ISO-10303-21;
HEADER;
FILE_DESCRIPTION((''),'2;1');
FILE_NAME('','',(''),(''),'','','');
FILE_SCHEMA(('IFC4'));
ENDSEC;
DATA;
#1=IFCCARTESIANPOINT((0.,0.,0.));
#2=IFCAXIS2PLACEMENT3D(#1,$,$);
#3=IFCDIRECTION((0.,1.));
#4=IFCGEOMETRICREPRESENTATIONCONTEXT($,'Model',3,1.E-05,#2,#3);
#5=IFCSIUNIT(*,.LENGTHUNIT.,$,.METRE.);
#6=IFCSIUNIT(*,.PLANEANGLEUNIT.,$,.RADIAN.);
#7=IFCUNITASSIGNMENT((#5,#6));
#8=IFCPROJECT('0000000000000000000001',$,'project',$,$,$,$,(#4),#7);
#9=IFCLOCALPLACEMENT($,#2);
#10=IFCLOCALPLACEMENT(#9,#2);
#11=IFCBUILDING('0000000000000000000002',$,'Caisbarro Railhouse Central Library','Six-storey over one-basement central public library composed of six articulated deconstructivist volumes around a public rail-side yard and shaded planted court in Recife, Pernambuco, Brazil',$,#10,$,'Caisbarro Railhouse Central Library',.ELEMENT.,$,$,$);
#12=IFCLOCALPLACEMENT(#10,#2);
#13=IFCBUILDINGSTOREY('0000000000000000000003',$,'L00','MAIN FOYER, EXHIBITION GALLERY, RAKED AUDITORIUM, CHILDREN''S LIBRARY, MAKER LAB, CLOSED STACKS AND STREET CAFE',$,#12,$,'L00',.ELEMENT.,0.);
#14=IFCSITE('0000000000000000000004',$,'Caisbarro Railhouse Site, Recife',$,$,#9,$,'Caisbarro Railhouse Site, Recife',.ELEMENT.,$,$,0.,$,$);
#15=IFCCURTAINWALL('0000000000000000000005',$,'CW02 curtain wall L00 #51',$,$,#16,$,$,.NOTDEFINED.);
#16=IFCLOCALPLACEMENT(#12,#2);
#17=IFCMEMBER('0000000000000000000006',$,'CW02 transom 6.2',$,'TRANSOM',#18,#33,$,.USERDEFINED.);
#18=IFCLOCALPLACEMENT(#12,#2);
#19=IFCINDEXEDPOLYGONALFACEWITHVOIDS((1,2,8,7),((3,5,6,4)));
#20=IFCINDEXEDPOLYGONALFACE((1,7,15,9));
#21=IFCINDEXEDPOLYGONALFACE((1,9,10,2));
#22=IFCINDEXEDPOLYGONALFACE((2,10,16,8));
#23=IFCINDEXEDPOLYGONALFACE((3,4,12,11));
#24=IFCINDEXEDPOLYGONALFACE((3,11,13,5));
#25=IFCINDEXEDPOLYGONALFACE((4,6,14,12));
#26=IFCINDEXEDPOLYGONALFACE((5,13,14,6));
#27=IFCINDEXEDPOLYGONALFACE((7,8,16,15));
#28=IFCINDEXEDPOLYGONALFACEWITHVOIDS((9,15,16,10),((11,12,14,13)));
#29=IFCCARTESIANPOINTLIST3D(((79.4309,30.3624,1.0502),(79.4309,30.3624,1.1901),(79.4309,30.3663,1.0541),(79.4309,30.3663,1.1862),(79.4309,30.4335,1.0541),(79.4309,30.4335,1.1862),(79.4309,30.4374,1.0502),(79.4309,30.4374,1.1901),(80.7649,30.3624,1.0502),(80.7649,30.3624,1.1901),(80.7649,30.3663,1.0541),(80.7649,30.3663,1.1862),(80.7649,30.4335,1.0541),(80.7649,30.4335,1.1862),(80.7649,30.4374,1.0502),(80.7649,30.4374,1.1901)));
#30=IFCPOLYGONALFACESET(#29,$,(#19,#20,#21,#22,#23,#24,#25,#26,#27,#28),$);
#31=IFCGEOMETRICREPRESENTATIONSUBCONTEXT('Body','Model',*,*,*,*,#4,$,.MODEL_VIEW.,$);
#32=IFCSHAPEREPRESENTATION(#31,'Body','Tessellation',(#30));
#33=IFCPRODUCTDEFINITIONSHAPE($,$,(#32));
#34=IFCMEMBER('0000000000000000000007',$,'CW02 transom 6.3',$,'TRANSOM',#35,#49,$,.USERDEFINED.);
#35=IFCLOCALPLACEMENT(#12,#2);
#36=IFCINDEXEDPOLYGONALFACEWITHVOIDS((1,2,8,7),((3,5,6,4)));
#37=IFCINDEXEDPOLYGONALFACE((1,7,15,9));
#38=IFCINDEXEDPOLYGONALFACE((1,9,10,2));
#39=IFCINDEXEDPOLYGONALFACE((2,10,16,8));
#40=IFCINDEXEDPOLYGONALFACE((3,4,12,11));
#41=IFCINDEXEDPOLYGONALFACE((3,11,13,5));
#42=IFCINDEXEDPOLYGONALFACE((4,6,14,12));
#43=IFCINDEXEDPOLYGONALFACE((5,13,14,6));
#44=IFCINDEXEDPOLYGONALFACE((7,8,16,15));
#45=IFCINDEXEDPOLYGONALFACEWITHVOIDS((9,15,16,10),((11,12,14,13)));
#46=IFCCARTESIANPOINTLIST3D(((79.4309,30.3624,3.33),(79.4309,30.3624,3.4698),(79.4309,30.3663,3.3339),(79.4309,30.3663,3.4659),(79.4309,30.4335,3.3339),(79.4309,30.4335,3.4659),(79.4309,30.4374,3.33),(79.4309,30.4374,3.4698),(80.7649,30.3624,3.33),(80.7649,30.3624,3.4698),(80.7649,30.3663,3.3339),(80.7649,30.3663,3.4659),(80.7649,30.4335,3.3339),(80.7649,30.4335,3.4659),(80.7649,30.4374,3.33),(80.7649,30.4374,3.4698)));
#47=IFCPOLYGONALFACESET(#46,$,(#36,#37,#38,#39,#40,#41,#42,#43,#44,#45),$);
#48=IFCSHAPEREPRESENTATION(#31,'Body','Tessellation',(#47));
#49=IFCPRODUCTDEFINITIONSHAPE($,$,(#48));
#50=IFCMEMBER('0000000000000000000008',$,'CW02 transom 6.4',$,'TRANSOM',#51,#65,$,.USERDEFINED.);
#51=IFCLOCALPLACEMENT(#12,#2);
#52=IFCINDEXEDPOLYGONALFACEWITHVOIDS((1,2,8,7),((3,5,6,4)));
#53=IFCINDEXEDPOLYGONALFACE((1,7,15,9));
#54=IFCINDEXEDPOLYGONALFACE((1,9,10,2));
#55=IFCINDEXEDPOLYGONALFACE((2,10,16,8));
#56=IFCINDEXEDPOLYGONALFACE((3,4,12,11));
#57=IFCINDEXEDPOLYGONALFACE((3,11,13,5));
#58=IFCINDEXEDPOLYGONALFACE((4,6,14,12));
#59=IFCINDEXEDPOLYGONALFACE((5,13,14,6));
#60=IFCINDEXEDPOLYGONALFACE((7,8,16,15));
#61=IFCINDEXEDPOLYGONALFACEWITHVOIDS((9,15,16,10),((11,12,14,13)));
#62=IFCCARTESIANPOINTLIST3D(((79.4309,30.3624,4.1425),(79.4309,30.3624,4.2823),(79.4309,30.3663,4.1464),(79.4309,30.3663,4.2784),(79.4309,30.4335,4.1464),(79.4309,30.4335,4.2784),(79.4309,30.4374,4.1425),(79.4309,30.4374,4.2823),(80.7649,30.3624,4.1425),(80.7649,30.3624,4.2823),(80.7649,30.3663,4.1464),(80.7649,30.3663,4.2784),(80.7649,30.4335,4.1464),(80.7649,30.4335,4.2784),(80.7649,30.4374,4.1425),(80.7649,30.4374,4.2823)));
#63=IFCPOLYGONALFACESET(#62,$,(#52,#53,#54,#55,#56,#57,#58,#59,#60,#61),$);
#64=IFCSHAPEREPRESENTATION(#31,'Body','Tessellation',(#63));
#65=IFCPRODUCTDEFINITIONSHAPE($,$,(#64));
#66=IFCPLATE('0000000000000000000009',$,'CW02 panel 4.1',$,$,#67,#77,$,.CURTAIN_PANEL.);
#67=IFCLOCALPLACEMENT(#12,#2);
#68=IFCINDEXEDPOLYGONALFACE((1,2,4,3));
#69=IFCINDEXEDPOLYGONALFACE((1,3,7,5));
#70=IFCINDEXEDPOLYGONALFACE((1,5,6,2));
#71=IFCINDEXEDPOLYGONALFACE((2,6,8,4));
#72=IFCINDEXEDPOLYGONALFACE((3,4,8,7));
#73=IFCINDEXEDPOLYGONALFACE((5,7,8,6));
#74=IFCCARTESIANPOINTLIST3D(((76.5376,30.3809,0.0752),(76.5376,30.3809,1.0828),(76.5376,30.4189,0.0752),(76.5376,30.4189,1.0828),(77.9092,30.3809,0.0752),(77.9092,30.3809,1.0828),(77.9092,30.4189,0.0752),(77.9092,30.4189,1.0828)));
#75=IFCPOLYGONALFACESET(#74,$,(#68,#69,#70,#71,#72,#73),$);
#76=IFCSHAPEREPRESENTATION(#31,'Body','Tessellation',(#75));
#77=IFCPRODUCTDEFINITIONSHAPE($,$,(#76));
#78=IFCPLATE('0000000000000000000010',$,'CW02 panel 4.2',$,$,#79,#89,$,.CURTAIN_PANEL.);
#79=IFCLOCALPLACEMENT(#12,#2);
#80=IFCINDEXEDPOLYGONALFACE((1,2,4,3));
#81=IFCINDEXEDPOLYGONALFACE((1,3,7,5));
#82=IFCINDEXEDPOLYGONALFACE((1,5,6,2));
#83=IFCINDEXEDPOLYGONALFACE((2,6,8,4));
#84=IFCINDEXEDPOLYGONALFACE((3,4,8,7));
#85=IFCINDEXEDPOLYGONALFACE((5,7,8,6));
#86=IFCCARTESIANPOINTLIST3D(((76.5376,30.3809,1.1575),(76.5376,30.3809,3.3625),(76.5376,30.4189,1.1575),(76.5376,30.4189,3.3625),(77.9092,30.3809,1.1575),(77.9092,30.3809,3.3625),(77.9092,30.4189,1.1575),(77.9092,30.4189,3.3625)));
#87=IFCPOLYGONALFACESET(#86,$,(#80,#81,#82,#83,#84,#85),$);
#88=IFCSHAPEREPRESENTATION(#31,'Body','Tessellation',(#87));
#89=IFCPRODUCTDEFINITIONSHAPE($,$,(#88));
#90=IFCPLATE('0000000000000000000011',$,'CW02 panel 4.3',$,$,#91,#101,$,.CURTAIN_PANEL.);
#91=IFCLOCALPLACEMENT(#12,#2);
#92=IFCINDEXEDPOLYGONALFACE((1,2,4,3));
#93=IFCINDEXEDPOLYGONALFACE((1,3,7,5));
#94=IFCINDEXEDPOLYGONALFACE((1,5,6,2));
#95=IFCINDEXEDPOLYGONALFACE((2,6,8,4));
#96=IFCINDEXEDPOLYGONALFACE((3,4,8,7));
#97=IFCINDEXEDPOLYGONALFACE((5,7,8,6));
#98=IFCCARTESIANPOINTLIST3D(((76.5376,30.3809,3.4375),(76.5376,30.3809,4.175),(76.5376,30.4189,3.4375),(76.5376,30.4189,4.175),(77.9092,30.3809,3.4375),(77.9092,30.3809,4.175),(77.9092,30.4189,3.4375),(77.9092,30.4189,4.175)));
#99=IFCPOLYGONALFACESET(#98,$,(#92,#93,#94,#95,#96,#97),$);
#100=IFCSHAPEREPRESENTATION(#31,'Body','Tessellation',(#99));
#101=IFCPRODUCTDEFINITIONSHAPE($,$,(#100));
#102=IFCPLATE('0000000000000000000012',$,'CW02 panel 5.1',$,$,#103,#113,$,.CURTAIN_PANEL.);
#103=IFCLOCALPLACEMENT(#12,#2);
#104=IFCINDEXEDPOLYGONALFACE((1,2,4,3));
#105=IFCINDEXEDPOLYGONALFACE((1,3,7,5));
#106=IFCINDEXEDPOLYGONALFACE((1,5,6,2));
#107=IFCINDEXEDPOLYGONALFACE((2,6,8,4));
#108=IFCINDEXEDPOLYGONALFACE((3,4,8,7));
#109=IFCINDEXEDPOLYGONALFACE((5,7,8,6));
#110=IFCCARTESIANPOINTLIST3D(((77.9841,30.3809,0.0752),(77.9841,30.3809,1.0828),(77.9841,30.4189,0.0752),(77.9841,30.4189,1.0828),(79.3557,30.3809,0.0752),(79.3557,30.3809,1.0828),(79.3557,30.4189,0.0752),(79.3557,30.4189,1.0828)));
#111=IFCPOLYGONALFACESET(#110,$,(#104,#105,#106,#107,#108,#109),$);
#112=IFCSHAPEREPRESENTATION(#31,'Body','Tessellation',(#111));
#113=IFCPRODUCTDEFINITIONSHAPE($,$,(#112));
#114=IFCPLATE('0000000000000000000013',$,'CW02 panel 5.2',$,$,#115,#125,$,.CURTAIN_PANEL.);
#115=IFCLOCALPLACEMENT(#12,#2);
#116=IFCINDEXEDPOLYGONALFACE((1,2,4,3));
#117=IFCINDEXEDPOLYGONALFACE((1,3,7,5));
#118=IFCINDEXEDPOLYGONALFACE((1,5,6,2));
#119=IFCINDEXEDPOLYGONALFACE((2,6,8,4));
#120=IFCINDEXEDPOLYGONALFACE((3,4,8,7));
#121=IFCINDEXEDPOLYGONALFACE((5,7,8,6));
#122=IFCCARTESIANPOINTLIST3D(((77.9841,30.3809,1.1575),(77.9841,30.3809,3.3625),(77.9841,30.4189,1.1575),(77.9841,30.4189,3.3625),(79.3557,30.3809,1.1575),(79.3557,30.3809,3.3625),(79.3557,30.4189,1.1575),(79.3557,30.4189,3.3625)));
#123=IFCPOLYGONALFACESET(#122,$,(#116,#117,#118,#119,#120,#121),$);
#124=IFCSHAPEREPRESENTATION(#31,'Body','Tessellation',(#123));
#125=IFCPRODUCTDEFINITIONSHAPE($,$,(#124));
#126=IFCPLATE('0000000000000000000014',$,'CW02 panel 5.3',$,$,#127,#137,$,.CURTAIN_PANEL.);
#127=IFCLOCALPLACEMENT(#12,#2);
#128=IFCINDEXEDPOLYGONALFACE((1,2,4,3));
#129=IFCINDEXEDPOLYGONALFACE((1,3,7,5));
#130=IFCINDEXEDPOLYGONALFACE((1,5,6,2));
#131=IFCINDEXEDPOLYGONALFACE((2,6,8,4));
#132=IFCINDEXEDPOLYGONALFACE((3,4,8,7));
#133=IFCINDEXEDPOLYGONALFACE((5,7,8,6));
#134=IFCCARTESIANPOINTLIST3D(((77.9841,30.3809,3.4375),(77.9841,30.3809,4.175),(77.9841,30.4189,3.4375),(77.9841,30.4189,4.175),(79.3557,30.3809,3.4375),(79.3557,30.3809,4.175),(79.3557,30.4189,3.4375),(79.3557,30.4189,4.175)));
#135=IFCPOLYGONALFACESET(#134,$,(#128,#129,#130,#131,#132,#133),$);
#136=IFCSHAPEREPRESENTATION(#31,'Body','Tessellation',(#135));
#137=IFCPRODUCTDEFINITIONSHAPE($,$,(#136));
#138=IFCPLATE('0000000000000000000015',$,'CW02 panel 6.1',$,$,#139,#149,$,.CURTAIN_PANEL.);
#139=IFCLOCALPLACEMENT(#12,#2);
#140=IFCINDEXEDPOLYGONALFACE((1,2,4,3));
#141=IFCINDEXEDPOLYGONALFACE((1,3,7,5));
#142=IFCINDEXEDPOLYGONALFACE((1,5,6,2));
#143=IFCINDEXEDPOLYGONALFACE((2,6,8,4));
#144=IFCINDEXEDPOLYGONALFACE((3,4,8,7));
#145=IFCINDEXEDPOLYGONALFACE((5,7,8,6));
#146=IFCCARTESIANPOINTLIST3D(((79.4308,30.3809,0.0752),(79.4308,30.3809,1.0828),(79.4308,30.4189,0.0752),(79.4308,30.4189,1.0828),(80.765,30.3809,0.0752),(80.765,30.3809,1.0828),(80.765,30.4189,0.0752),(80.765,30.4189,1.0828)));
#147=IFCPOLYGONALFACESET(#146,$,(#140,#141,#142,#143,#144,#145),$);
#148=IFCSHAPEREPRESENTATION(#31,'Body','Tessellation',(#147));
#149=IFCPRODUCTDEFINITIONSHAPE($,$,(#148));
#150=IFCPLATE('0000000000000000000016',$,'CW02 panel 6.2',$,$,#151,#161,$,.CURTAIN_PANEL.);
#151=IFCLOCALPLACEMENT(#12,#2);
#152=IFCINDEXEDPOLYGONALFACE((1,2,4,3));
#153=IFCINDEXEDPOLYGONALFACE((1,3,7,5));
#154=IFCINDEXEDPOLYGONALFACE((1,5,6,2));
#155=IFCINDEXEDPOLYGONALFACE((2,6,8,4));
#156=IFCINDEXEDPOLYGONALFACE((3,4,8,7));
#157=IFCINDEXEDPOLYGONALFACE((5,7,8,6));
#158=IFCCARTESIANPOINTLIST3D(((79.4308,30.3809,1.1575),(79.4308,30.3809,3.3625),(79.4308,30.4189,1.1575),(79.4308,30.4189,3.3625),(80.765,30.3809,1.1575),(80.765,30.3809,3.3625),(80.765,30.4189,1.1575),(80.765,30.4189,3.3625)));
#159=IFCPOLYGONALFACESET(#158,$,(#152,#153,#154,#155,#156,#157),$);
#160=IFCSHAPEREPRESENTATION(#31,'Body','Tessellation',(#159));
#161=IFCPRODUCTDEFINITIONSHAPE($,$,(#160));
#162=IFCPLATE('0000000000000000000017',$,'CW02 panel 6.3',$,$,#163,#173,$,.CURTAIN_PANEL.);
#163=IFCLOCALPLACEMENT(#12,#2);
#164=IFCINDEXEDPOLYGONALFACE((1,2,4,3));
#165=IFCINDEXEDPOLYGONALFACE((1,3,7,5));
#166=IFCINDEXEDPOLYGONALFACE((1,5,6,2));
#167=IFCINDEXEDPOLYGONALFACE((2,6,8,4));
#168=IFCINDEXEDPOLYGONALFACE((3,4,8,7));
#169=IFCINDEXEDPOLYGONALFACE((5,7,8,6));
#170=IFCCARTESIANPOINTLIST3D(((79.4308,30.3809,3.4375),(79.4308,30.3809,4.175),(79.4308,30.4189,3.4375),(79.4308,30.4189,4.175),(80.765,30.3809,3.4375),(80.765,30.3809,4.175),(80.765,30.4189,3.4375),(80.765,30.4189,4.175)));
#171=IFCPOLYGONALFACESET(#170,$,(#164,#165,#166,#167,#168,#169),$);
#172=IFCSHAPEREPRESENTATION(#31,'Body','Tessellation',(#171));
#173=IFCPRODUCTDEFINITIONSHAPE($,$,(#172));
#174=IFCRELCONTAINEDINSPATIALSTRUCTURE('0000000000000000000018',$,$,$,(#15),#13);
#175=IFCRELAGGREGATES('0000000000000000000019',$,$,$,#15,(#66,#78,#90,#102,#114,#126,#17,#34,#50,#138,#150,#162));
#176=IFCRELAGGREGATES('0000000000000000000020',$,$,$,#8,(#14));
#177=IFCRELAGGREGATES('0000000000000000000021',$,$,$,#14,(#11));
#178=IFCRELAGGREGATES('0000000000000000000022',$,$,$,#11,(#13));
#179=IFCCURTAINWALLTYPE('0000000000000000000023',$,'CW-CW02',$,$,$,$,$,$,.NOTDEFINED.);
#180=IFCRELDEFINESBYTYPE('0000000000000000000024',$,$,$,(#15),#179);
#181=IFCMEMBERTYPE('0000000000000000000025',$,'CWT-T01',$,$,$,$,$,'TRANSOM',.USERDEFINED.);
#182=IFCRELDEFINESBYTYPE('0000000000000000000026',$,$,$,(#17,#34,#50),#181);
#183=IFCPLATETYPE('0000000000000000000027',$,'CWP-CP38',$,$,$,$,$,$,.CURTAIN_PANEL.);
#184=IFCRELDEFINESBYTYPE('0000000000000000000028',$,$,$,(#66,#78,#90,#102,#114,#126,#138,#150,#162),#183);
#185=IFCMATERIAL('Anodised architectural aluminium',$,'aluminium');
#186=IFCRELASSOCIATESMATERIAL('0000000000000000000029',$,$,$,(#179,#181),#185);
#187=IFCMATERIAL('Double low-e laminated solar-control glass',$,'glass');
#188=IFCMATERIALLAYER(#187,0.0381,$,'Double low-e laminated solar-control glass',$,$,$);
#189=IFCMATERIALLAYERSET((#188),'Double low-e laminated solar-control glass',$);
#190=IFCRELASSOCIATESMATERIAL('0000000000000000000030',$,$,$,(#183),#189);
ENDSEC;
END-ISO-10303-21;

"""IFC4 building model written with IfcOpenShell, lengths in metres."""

from ifc_helpers import new_model, si_unit, direction, frame, origin, origin_2d, place, context, subcontext, project, spatial, rectangle, hollow_rectangle, extrude, material, layer, layer_set, material_profile, profile_set, type_object, element, aggregate, save


model = new_model("IFC4")

# Units and contexts
model_context = context("Model", 3, precision=1e-05, world=origin(), true_north=direction((0.0, 1.0)))
body_context = subcontext(model_context, "Body", "Model", "MODEL_VIEW")
ifc_project = project(units=[si_unit("LENGTHUNIT", "METRE"), si_unit("PLANEANGLEUNIT", "RADIAN")], contexts=[model_context])

# Site, building, storey
site_placement = place(None, origin())
site = spatial("IfcSite", under=ifc_project, at=site_placement, Name="Caisbarro Railhouse Site, Recife", LongName="Caisbarro Railhouse Site, Recife", CompositionType="ELEMENT", RefElevation=0.0)
building_placement = place(site_placement, origin())
building = spatial("IfcBuilding", under=site, at=building_placement, Name="Caisbarro Railhouse Central Library", Description="Six-storey over one-basement central public library composed of six articulated deconstructivist volumes around a public rail-side yard and shaded planted court in Recife, Pernambuco, Brazil", LongName="Caisbarro Railhouse Central Library", CompositionType="ELEMENT")
storey_placement = place(building_placement, origin())
storey = spatial("IfcBuildingStorey", under=building, at=storey_placement, Name="L00", Description="MAIN FOYER, EXHIBITION GALLERY, RAKED AUDITORIUM, CHILDREN'S LIBRARY, MAKER LAB, CLOSED STACKS AND STREET CAFE", LongName="L00", CompositionType="ELEMENT", Elevation=0.0)

# Curtain wall, members, plates
ifc_material_1 = material(Name="Anodised architectural aluminium", Category="aluminium")
curtain_wall_type = type_object("IfcCurtainWallType", Name="CW-CW02", PredefinedType="NOTDEFINED", material=ifc_material_1)
curtain_wall_placement = place(storey_placement, origin())
curtain_wall = element("IfcCurtainWall", 1, at=curtain_wall_placement, inside=storey, type_object=curtain_wall_type, Name="CW02 curtain wall L00 #51", PredefinedType="NOTDEFINED")
ifc_material_profile_1 = material_profile(ifc_material_1, hollow_rectangle(XDim=0.075, YDim=0.1399, WallThickness=0.0039, at=origin_2d()), Name="ALU-TRN-75X140")
ifc_profile_set_1 = profile_set([ifc_material_profile_1], Name="Anodised architectural aluminium")
member_type_1 = type_object("IfcMemberType", Name="CWT-T01", ElementType="TRANSOM", PredefinedType="USERDEFINED", material=ifc_profile_set_1)
member_1_placement = place(storey_placement, frame((79.4309, 30.3999, 1.1201), z_axis=(1.0, 0.0, 0.0), x_axis=(0.0, 1.0, 0.0)))
member_1 = element("IfcMember", 2, at=member_1_placement, type_object=member_type_1, Name="CW02 transom 6.2", ObjectType="TRANSOM", PredefinedType="USERDEFINED", context=body_context, shape_type="SweptSolid", body=[
    extrude(hollow_rectangle(XDim=0.075, YDim=0.1399, WallThickness=0.0039, at=origin_2d()), origin(), (0.0, 0.0, 1.0), 1.334),
])
member_2_placement = place(storey_placement, frame((79.4309, 30.3999, 3.3999), z_axis=(1.0, 0.0, 0.0), x_axis=(0.0, 1.0, 0.0)))
member_2 = element("IfcMember", 3, at=member_2_placement, type_object=member_type_1, Name="CW02 transom 6.3", ObjectType="TRANSOM", PredefinedType="USERDEFINED", context=body_context, shape_type="SweptSolid", body=[
    extrude(hollow_rectangle(XDim=0.075, YDim=0.1399, WallThickness=0.0039, at=origin_2d()), origin(), (0.0, 0.0, 1.0), 1.334),
])
member_3_placement = place(storey_placement, frame((79.4309, 30.3999, 4.2124), z_axis=(1.0, 0.0, 0.0), x_axis=(0.0, 1.0, 0.0)))
member_3 = element("IfcMember", 4, at=member_3_placement, type_object=member_type_1, Name="CW02 transom 6.4", ObjectType="TRANSOM", PredefinedType="USERDEFINED", context=body_context, shape_type="SweptSolid", body=[
    extrude(hollow_rectangle(XDim=0.075, YDim=0.1399, WallThickness=0.0039, at=origin_2d()), origin(), (0.0, 0.0, 1.0), 1.334),
])
ifc_material_2 = material(Name="Double low-e laminated solar-control glass", Category="glass")
ifc_layer_1 = layer(ifc_material_2, 0.0381, Name="Double low-e laminated solar-control glass")
ifc_layer_set_1 = layer_set([ifc_layer_1], Name="Double low-e laminated solar-control glass")
plate_type = type_object("IfcPlateType", Name="CWP-CP38", PredefinedType="CURTAIN_PANEL", material=ifc_layer_set_1)
plate_1_placement = place(storey_placement, frame((77.2234, 30.3999, 0.0752), z_axis=(0.0, 0.0, 1.0), x_axis=(1.0, 0.0, 0.0)))
plate_1 = element("IfcPlate", 5, at=plate_1_placement, type_object=plate_type, Name="CW02 panel 4.1", PredefinedType="CURTAIN_PANEL", context=body_context, shape_type="SweptSolid", body=[
    extrude(rectangle(XDim=1.3716, YDim=0.0381, at=origin_2d()), origin(), (0.0, 0.0, 1.0), 1.0076),
])
plate_2_placement = place(storey_placement, frame((77.2234, 30.3999, 1.1575), z_axis=(0.0, 0.0, 1.0), x_axis=(1.0, 0.0, 0.0)))
plate_2 = element("IfcPlate", 6, at=plate_2_placement, type_object=plate_type, Name="CW02 panel 4.2", PredefinedType="CURTAIN_PANEL", context=body_context, shape_type="SweptSolid", body=[
    extrude(rectangle(XDim=1.3716, YDim=0.0381, at=origin_2d()), origin(), (0.0, 0.0, 1.0), 2.2051),
])
plate_3_placement = place(storey_placement, frame((77.2234, 30.3999, 3.4375), z_axis=(0.0, 0.0, 1.0), x_axis=(1.0, 0.0, 0.0)))
plate_3 = element("IfcPlate", 7, at=plate_3_placement, type_object=plate_type, Name="CW02 panel 4.3", PredefinedType="CURTAIN_PANEL", context=body_context, shape_type="SweptSolid", body=[
    extrude(rectangle(XDim=1.3716, YDim=0.0381, at=origin_2d()), origin(), (0.0, 0.0, 1.0), 0.7375),
])
plate_4_placement = place(storey_placement, frame((78.6699, 30.3999, 0.0752), z_axis=(0.0, 0.0, 1.0), x_axis=(1.0, 0.0, 0.0)))
plate_4 = element("IfcPlate", 8, at=plate_4_placement, type_object=plate_type, Name="CW02 panel 5.1", PredefinedType="CURTAIN_PANEL", context=body_context, shape_type="SweptSolid", body=[
    extrude(rectangle(XDim=1.3716, YDim=0.0381, at=origin_2d()), origin(), (0.0, 0.0, 1.0), 1.0076),
])
plate_5_placement = place(storey_placement, frame((78.6699, 30.3999, 1.1575), z_axis=(0.0, 0.0, 1.0), x_axis=(1.0, 0.0, 0.0)))
plate_5 = element("IfcPlate", 9, at=plate_5_placement, type_object=plate_type, Name="CW02 panel 5.2", PredefinedType="CURTAIN_PANEL", context=body_context, shape_type="SweptSolid", body=[
    extrude(rectangle(XDim=1.3716, YDim=0.0381, at=origin_2d()), origin(), (0.0, 0.0, 1.0), 2.2051),
])
plate_6_placement = place(storey_placement, frame((78.6699, 30.3999, 3.4375), z_axis=(0.0, 0.0, 1.0), x_axis=(1.0, 0.0, 0.0)))
plate_6 = element("IfcPlate", 10, at=plate_6_placement, type_object=plate_type, Name="CW02 panel 5.3", PredefinedType="CURTAIN_PANEL", context=body_context, shape_type="SweptSolid", body=[
    extrude(rectangle(XDim=1.3716, YDim=0.0381, at=origin_2d()), origin(), (0.0, 0.0, 1.0), 0.7375),
])
plate_7_placement = place(storey_placement, frame((80.0979, 30.3999, 0.0752), z_axis=(0.0, 0.0, 1.0), x_axis=(1.0, 0.0, 0.0)))
plate_7 = element("IfcPlate", 11, at=plate_7_placement, type_object=plate_type, Name="CW02 panel 6.1", PredefinedType="CURTAIN_PANEL", context=body_context, shape_type="SweptSolid", body=[
    extrude(rectangle(XDim=1.3342, YDim=0.0381, at=origin_2d()), origin(), (0.0, 0.0, 1.0), 1.0076),
])
plate_8_placement = place(storey_placement, frame((80.0979, 30.3999, 1.1575), z_axis=(0.0, 0.0, 1.0), x_axis=(1.0, 0.0, 0.0)))
plate_8 = element("IfcPlate", 12, at=plate_8_placement, type_object=plate_type, Name="CW02 panel 6.2", PredefinedType="CURTAIN_PANEL", context=body_context, shape_type="SweptSolid", body=[
    extrude(rectangle(XDim=1.3342, YDim=0.0381, at=origin_2d()), origin(), (0.0, 0.0, 1.0), 2.2051),
])
plate_9_placement = place(storey_placement, frame((80.0979, 30.3999, 3.4375), z_axis=(0.0, 0.0, 1.0), x_axis=(1.0, 0.0, 0.0)))
plate_9 = element("IfcPlate", 13, at=plate_9_placement, type_object=plate_type, Name="CW02 panel 6.3", PredefinedType="CURTAIN_PANEL", context=body_context, shape_type="SweptSolid", body=[
    extrude(rectangle(XDim=1.3342, YDim=0.0381, at=origin_2d()), origin(), (0.0, 0.0, 1.0), 0.7375),
])
aggregate(curtain_wall, [plate_1, plate_2, plate_3, plate_4, plate_5, plate_6, member_1, member_2, member_3, plate_7, plate_8, plate_9])

save(model, "model.ifc")
